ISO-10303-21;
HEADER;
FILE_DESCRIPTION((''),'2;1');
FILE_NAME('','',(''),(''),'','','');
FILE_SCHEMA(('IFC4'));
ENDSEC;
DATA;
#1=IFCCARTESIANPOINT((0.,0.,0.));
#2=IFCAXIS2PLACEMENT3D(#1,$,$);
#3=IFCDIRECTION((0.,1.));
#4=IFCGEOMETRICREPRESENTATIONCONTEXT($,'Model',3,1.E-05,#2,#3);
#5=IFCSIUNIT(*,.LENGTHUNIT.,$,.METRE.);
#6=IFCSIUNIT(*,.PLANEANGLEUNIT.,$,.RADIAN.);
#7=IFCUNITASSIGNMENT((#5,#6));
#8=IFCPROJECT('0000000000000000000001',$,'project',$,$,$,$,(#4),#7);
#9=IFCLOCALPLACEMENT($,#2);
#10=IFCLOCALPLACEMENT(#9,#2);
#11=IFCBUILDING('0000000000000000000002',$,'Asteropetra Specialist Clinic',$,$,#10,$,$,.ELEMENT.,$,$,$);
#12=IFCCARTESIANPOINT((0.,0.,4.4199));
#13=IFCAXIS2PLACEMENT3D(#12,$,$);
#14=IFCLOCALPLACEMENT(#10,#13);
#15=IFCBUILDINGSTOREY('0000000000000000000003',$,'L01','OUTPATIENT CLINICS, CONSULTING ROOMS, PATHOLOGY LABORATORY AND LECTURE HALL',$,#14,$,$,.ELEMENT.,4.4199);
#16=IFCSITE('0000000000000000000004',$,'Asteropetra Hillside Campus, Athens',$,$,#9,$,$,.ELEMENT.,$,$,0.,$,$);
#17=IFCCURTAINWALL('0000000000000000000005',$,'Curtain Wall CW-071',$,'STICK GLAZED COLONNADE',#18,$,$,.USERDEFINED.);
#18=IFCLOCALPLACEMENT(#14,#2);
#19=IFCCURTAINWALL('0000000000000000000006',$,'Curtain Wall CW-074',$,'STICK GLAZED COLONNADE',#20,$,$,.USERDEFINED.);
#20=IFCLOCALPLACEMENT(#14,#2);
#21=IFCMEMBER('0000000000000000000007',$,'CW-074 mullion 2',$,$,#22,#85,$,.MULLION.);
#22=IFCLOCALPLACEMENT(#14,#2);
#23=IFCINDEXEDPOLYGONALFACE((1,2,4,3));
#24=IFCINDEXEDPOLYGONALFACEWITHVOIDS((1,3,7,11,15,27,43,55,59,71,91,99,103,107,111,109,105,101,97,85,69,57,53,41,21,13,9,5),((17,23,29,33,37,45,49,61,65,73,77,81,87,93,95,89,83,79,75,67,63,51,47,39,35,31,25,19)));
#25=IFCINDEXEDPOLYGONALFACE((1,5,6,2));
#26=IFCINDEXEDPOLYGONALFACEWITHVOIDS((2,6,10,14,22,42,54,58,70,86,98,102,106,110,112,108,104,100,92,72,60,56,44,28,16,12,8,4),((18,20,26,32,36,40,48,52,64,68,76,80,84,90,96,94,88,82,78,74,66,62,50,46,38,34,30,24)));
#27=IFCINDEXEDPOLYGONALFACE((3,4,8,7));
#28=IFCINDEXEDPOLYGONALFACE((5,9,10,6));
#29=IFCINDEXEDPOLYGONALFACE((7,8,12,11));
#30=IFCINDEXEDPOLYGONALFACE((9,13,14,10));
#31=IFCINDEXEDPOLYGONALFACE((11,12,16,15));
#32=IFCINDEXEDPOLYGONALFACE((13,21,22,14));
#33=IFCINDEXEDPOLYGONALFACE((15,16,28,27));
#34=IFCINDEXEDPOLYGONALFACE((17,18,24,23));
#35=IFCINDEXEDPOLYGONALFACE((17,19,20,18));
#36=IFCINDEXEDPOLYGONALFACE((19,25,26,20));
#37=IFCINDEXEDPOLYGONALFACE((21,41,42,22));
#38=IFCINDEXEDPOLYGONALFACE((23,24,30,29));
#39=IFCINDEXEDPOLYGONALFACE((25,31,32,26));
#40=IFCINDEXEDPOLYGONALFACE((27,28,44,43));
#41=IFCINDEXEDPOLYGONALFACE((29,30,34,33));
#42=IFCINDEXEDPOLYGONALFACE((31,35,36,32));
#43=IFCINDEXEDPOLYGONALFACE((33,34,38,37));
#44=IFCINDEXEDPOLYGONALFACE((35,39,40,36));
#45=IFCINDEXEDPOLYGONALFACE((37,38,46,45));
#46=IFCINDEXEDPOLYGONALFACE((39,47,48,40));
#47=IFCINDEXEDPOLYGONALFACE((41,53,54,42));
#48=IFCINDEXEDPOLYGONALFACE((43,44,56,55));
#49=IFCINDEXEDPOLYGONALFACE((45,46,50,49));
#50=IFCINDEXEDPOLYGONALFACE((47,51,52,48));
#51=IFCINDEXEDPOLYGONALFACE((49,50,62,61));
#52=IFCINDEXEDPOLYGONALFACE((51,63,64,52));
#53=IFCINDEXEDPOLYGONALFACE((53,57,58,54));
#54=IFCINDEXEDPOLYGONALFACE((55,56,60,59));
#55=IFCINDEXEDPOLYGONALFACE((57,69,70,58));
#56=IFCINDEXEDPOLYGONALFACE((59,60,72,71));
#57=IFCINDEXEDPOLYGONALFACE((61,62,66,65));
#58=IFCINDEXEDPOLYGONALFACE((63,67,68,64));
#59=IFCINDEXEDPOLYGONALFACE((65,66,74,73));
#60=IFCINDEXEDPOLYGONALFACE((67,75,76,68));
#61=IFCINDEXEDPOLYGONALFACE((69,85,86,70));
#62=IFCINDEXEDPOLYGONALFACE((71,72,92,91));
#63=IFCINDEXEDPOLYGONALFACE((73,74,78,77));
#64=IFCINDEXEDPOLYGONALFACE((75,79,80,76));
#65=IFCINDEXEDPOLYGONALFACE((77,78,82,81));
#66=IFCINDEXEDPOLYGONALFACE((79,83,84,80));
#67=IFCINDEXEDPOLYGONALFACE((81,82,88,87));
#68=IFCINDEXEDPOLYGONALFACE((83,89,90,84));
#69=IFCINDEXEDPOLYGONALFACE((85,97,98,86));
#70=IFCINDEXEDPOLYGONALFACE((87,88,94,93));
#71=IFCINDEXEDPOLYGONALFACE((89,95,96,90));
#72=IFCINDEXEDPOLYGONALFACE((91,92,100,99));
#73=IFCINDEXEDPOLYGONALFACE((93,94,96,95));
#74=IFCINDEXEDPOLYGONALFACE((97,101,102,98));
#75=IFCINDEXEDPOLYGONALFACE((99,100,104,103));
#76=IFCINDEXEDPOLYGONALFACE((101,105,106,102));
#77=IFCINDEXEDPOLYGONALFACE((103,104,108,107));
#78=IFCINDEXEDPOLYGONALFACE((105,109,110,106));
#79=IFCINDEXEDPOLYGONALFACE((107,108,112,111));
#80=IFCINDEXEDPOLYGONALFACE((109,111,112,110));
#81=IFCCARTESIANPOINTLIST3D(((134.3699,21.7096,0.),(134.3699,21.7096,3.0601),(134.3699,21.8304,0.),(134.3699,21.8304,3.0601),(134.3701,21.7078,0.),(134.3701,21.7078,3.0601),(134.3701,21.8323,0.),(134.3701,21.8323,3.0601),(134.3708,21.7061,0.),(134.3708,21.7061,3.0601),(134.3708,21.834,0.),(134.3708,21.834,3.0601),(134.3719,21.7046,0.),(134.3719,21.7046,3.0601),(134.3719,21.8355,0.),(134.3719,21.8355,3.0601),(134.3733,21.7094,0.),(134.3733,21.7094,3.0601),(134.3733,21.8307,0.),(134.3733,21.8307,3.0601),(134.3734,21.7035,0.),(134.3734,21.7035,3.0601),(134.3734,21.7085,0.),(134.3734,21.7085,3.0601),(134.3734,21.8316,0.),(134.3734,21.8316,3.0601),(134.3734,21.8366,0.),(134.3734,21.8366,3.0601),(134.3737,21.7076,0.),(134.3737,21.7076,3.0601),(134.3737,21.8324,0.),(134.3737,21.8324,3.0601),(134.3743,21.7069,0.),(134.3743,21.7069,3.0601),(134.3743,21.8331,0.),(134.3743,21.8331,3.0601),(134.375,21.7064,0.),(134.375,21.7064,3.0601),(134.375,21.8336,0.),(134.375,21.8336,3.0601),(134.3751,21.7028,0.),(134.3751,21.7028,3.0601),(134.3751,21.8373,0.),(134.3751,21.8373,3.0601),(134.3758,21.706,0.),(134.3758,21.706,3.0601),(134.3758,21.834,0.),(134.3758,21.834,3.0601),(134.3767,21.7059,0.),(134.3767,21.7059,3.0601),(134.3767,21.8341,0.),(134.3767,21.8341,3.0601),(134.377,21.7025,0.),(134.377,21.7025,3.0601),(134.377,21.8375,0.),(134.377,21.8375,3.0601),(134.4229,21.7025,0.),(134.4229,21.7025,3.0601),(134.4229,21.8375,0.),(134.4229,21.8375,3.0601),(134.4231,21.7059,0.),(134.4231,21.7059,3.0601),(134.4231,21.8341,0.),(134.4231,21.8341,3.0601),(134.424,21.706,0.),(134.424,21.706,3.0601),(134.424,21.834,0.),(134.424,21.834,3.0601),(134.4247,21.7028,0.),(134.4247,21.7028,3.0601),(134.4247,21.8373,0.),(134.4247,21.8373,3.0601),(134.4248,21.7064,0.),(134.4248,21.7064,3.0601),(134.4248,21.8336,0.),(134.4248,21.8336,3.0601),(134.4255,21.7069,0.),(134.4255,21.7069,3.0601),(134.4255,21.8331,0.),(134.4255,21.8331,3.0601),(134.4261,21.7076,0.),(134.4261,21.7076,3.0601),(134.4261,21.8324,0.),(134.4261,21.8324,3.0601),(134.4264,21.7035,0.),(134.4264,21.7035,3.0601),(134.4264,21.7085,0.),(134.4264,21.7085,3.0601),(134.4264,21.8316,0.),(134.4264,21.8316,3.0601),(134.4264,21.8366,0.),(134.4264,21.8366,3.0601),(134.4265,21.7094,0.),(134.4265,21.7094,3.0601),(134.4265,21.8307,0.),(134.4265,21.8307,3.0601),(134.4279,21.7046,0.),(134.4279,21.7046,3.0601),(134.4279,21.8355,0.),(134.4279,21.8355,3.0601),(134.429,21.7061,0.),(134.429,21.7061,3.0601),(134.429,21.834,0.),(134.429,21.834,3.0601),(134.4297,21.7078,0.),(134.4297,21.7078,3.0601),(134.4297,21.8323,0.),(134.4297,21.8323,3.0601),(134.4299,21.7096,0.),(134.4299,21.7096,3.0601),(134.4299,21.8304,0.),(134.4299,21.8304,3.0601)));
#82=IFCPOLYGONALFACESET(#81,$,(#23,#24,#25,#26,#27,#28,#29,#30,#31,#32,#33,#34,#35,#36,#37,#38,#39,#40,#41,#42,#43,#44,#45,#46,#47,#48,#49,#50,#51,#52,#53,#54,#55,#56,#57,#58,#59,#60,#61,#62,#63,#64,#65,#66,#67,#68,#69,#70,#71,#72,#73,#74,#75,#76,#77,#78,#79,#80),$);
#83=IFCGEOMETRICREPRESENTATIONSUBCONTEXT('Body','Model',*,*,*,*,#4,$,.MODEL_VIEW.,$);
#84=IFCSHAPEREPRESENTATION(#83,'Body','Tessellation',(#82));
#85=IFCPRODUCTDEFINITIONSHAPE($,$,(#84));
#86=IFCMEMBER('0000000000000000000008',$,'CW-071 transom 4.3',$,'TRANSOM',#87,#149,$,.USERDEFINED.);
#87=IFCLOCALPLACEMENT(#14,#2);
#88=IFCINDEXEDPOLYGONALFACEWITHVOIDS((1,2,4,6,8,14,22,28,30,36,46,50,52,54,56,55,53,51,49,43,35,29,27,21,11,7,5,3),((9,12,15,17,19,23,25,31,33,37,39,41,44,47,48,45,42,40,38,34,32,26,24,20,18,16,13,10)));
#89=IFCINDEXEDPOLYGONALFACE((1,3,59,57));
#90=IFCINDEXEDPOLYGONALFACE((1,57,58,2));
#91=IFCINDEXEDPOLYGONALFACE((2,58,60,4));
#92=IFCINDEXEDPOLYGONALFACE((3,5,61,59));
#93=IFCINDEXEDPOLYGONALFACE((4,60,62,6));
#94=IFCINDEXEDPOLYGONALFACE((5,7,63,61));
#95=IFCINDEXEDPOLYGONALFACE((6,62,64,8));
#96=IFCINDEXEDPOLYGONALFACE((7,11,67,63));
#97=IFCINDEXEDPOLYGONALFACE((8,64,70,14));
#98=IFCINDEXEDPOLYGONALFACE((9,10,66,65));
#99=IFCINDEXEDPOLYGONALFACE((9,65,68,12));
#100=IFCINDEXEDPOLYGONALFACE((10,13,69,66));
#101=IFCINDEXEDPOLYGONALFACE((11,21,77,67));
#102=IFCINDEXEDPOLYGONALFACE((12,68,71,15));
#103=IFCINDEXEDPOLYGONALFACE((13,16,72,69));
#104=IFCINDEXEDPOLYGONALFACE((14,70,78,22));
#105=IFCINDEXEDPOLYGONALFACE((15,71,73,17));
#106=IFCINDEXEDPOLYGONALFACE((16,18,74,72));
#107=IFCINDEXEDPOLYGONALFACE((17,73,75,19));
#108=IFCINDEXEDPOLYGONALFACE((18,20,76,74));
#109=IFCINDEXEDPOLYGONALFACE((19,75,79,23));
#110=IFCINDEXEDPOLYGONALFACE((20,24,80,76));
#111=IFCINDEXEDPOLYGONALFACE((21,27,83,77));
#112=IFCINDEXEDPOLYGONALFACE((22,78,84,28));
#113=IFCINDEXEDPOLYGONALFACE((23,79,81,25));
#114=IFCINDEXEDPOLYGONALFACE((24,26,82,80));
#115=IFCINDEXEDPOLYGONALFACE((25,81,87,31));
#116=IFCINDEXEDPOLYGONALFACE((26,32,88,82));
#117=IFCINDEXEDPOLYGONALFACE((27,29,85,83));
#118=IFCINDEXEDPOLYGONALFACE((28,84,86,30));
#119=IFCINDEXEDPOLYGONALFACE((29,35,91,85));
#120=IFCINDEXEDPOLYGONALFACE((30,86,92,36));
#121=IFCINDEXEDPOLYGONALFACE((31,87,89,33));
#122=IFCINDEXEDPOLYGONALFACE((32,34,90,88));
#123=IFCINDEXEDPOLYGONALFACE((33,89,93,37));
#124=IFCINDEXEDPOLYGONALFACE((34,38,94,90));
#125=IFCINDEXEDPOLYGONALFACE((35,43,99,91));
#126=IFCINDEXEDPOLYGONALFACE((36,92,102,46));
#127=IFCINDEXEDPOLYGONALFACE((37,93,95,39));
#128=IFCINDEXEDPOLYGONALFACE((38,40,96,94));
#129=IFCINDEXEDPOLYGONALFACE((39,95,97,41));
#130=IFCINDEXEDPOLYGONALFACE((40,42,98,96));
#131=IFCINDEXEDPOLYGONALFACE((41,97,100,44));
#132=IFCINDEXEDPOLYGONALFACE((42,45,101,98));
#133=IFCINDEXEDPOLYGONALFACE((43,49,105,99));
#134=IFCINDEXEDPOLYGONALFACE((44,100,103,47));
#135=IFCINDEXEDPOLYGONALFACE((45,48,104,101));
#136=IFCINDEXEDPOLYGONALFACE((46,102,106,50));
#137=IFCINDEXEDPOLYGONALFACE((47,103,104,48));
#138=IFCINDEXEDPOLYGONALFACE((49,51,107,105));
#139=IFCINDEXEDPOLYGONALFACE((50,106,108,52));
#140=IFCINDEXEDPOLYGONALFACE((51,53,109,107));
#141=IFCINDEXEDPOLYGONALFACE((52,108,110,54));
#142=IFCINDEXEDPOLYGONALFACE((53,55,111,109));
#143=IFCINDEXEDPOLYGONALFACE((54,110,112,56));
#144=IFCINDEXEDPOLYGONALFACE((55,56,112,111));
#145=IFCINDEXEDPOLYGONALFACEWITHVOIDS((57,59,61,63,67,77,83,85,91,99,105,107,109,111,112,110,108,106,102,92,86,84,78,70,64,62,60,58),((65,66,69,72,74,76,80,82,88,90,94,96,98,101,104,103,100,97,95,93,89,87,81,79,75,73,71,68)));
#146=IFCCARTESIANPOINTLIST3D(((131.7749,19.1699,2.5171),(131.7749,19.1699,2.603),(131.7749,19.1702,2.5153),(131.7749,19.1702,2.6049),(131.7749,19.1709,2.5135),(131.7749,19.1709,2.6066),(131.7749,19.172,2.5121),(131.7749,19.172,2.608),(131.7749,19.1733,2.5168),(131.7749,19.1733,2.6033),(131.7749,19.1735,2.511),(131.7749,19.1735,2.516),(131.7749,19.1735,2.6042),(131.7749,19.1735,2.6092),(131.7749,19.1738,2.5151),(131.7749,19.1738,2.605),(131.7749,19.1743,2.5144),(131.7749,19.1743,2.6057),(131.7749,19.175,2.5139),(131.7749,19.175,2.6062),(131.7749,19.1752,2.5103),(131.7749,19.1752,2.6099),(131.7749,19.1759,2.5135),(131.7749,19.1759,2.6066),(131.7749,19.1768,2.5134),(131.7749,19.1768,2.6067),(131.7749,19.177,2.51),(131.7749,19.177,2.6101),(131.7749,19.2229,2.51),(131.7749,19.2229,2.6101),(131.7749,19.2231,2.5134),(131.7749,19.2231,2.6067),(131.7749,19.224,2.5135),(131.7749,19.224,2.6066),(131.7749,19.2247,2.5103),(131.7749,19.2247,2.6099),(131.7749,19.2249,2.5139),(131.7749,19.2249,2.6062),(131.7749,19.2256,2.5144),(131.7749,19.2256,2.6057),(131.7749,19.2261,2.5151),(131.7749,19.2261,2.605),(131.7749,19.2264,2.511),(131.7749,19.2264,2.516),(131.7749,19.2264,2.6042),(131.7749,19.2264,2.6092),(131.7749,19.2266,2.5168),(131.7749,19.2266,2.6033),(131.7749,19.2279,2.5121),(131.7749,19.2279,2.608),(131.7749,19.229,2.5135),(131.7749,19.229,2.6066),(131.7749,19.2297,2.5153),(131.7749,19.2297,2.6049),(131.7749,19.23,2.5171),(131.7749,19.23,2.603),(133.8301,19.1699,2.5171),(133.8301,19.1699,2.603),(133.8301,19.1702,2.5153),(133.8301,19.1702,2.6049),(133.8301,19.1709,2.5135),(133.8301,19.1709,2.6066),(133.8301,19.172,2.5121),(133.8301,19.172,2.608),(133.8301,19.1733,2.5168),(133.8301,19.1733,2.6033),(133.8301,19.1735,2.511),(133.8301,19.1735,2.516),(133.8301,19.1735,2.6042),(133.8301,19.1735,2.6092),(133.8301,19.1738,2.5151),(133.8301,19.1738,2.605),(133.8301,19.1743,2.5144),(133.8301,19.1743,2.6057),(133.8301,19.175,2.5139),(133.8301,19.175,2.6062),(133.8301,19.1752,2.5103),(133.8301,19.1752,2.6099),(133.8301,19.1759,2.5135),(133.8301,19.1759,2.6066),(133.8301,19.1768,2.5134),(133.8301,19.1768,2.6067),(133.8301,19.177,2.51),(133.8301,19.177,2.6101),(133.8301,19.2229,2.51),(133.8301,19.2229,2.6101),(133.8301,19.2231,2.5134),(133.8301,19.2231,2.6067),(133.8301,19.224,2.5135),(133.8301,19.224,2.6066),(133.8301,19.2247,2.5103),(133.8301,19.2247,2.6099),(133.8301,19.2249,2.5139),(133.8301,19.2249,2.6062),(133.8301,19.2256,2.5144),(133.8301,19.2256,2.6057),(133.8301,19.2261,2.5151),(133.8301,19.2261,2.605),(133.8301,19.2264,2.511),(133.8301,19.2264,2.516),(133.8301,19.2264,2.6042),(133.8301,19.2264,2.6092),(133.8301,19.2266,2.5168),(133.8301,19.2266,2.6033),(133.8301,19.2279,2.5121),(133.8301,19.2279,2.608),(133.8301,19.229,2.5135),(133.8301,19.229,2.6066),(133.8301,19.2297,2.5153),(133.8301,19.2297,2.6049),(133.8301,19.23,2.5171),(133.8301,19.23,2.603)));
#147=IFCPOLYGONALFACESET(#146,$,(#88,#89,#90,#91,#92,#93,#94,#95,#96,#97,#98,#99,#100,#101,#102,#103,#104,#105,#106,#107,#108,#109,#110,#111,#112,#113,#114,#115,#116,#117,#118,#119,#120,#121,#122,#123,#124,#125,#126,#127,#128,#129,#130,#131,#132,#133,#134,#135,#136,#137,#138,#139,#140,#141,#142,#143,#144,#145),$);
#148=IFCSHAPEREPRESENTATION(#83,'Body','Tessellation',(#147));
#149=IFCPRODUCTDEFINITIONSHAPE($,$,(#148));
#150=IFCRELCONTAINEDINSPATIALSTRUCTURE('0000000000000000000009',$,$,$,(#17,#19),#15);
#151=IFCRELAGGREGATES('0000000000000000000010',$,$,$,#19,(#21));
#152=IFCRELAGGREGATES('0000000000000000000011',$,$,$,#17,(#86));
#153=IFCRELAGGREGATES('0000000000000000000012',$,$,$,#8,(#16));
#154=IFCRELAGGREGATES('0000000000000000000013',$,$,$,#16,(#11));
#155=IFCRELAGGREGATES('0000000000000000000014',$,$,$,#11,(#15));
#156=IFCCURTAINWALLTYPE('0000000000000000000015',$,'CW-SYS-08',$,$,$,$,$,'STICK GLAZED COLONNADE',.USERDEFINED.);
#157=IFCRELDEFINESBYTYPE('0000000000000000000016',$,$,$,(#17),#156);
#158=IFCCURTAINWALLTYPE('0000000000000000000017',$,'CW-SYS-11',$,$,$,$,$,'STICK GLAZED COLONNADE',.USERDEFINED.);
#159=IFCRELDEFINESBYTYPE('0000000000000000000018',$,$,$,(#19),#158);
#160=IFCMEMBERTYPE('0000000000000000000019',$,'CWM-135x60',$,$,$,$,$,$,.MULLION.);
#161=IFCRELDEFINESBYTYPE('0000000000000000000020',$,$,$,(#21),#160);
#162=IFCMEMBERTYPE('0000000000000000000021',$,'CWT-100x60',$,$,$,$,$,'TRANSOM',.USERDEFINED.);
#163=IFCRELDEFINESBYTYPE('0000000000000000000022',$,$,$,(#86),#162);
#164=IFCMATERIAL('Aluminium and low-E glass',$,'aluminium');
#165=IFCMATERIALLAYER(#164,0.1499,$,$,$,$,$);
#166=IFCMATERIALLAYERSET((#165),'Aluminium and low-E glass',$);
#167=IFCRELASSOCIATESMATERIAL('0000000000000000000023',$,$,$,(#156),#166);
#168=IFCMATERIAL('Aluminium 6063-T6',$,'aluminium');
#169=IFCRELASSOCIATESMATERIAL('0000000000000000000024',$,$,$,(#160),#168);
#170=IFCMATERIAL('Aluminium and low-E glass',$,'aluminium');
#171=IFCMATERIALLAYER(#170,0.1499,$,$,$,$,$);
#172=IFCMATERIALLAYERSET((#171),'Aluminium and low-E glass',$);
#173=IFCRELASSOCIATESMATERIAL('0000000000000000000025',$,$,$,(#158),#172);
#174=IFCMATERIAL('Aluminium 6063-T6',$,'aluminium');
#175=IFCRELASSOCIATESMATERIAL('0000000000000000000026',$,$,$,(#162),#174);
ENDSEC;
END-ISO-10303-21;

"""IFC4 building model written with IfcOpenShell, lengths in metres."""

from ifc_helpers import new_model, si_unit, direction, frame, origin, origin_2d, place, context, subcontext, project, spatial, hollow_rectangle, extrude, material, layer, layer_set, material_profile, profile_set, type_object, element, aggregate, save


model = new_model("IFC4")

# Units and contexts
model_context = context("Model", 3, precision=1e-05, world=origin(), true_north=direction((0.0, 1.0)))
body_context = subcontext(model_context, "Body", "Model", "MODEL_VIEW")
ifc_project = project(units=[si_unit("LENGTHUNIT", "METRE"), si_unit("PLANEANGLEUNIT", "RADIAN")], contexts=[model_context])

# Site, building, storey
site_placement = place(None, origin())
site = spatial("IfcSite", under=ifc_project, at=site_placement, Name="Asteropetra Hillside Campus, Athens", CompositionType="ELEMENT", RefElevation=0.0)
building_placement = place(site_placement, origin())
building = spatial("IfcBuilding", under=site, at=building_placement, Name="Asteropetra Specialist Clinic", CompositionType="ELEMENT")
storey_placement = place(building_placement, frame((0.0, 0.0, 4.4199)))
storey = spatial("IfcBuildingStorey", under=building, at=storey_placement, Name="L01", Description="OUTPATIENT CLINICS, CONSULTING ROOMS, PATHOLOGY LABORATORY AND LECTURE HALL", CompositionType="ELEMENT", Elevation=4.4199)

# Curtain wall
ifc_material_1 = material(Name="Aluminium and low-E glass", Category="aluminium")
ifc_layer_1 = layer(ifc_material_1, 0.1499)
ifc_layer_set_1 = layer_set([ifc_layer_1], Name="Aluminium and low-E glass")
curtain_wall_type_1 = type_object("IfcCurtainWallType", Name="CW-SYS-08", ElementType="STICK GLAZED COLONNADE", PredefinedType="USERDEFINED", material=ifc_layer_set_1)
curtain_wall_1_placement = place(storey_placement, origin())
curtain_wall_1 = element("IfcCurtainWall", 1, at=curtain_wall_1_placement, inside=storey, type_object=curtain_wall_type_1, Name="Curtain Wall CW-071", ObjectType="STICK GLAZED COLONNADE", PredefinedType="USERDEFINED")
ifc_material_2 = material(Name="Aluminium 6063-T6", Category="aluminium")
ifc_material_profile_1 = material_profile(ifc_material_2, hollow_rectangle(XDim=0.0601, YDim=0.135, WallThickness=0.0034, InnerFilletRadius=0.0034, OuterFilletRadius=0.0071, at=origin_2d()), Name="MUL 135x60x3.5")
ifc_profile_set_1 = profile_set([ifc_material_profile_1], Name="Aluminium 6063-T6")
member_type_1 = type_object("IfcMemberType", Name="CWM-135x60", PredefinedType="MULLION", material=ifc_profile_set_1)

# Curtain wall, member
ifc_material_3 = material(Name="Aluminium and low-E glass", Category="aluminium")
ifc_layer_2 = layer(ifc_material_3, 0.1499)
ifc_layer_set_2 = layer_set([ifc_layer_2], Name="Aluminium and low-E glass")
curtain_wall_type_2 = type_object("IfcCurtainWallType", Name="CW-SYS-11", ElementType="STICK GLAZED COLONNADE", PredefinedType="USERDEFINED", material=ifc_layer_set_2)
curtain_wall_2_placement = place(storey_placement, origin())
curtain_wall_2 = element("IfcCurtainWall", 2, at=curtain_wall_2_placement, inside=storey, type_object=curtain_wall_type_2, Name="Curtain Wall CW-074", ObjectType="STICK GLAZED COLONNADE", PredefinedType="USERDEFINED")
member_1_placement = place(storey_placement, frame((134.3999, 21.77, 0.0), z_axis=(0.0, 0.0, 1.0), x_axis=(-1.0, 0.0, 0.0)))
member_1 = element("IfcMember", 3, at=member_1_placement, type_object=member_type_1, Name="CW-074 mullion 2", PredefinedType="MULLION", context=body_context, shape_type="SweptSolid", body=[
    extrude(hollow_rectangle(XDim=0.0601, YDim=0.135, WallThickness=0.0034, InnerFilletRadius=0.0034, OuterFilletRadius=0.0071, at=origin_2d()), origin(), (0.0, 0.0, 1.0), 3.0601),
])

# Member
ifc_material_4 = material(Name="Aluminium 6063-T6", Category="aluminium")
ifc_material_profile_2 = material_profile(ifc_material_4, hollow_rectangle(XDim=0.0601, YDim=0.1001, WallThickness=0.0034, InnerFilletRadius=0.0034, OuterFilletRadius=0.0071, at=origin_2d()), Name="TRN 100x60x3.5")
ifc_profile_set_2 = profile_set([ifc_material_profile_2], Name="Aluminium 6063-T6")
member_type_2 = type_object("IfcMemberType", Name="CWT-100x60", ElementType="TRANSOM", PredefinedType="USERDEFINED", material=ifc_profile_set_2)
member_2_placement = place(storey_placement, frame((131.7749, 19.2, 2.5601), z_axis=(1.0, 0.0, 0.0), x_axis=(0.0, 1.0, 0.0)))
member_2 = element("IfcMember", 4, at=member_2_placement, type_object=member_type_2, Name="CW-071 transom 4.3", ObjectType="TRANSOM", PredefinedType="USERDEFINED", context=body_context, shape_type="SweptSolid", body=[
    extrude(hollow_rectangle(XDim=0.0601, YDim=0.1001, WallThickness=0.0034, InnerFilletRadius=0.0034, OuterFilletRadius=0.0071, at=origin_2d()), origin(), (0.0, 0.0, 1.0), 2.0552),
])

aggregate(curtain_wall_2, [member_1])
aggregate(curtain_wall_1, [member_2])

save(model, "model.ifc")
